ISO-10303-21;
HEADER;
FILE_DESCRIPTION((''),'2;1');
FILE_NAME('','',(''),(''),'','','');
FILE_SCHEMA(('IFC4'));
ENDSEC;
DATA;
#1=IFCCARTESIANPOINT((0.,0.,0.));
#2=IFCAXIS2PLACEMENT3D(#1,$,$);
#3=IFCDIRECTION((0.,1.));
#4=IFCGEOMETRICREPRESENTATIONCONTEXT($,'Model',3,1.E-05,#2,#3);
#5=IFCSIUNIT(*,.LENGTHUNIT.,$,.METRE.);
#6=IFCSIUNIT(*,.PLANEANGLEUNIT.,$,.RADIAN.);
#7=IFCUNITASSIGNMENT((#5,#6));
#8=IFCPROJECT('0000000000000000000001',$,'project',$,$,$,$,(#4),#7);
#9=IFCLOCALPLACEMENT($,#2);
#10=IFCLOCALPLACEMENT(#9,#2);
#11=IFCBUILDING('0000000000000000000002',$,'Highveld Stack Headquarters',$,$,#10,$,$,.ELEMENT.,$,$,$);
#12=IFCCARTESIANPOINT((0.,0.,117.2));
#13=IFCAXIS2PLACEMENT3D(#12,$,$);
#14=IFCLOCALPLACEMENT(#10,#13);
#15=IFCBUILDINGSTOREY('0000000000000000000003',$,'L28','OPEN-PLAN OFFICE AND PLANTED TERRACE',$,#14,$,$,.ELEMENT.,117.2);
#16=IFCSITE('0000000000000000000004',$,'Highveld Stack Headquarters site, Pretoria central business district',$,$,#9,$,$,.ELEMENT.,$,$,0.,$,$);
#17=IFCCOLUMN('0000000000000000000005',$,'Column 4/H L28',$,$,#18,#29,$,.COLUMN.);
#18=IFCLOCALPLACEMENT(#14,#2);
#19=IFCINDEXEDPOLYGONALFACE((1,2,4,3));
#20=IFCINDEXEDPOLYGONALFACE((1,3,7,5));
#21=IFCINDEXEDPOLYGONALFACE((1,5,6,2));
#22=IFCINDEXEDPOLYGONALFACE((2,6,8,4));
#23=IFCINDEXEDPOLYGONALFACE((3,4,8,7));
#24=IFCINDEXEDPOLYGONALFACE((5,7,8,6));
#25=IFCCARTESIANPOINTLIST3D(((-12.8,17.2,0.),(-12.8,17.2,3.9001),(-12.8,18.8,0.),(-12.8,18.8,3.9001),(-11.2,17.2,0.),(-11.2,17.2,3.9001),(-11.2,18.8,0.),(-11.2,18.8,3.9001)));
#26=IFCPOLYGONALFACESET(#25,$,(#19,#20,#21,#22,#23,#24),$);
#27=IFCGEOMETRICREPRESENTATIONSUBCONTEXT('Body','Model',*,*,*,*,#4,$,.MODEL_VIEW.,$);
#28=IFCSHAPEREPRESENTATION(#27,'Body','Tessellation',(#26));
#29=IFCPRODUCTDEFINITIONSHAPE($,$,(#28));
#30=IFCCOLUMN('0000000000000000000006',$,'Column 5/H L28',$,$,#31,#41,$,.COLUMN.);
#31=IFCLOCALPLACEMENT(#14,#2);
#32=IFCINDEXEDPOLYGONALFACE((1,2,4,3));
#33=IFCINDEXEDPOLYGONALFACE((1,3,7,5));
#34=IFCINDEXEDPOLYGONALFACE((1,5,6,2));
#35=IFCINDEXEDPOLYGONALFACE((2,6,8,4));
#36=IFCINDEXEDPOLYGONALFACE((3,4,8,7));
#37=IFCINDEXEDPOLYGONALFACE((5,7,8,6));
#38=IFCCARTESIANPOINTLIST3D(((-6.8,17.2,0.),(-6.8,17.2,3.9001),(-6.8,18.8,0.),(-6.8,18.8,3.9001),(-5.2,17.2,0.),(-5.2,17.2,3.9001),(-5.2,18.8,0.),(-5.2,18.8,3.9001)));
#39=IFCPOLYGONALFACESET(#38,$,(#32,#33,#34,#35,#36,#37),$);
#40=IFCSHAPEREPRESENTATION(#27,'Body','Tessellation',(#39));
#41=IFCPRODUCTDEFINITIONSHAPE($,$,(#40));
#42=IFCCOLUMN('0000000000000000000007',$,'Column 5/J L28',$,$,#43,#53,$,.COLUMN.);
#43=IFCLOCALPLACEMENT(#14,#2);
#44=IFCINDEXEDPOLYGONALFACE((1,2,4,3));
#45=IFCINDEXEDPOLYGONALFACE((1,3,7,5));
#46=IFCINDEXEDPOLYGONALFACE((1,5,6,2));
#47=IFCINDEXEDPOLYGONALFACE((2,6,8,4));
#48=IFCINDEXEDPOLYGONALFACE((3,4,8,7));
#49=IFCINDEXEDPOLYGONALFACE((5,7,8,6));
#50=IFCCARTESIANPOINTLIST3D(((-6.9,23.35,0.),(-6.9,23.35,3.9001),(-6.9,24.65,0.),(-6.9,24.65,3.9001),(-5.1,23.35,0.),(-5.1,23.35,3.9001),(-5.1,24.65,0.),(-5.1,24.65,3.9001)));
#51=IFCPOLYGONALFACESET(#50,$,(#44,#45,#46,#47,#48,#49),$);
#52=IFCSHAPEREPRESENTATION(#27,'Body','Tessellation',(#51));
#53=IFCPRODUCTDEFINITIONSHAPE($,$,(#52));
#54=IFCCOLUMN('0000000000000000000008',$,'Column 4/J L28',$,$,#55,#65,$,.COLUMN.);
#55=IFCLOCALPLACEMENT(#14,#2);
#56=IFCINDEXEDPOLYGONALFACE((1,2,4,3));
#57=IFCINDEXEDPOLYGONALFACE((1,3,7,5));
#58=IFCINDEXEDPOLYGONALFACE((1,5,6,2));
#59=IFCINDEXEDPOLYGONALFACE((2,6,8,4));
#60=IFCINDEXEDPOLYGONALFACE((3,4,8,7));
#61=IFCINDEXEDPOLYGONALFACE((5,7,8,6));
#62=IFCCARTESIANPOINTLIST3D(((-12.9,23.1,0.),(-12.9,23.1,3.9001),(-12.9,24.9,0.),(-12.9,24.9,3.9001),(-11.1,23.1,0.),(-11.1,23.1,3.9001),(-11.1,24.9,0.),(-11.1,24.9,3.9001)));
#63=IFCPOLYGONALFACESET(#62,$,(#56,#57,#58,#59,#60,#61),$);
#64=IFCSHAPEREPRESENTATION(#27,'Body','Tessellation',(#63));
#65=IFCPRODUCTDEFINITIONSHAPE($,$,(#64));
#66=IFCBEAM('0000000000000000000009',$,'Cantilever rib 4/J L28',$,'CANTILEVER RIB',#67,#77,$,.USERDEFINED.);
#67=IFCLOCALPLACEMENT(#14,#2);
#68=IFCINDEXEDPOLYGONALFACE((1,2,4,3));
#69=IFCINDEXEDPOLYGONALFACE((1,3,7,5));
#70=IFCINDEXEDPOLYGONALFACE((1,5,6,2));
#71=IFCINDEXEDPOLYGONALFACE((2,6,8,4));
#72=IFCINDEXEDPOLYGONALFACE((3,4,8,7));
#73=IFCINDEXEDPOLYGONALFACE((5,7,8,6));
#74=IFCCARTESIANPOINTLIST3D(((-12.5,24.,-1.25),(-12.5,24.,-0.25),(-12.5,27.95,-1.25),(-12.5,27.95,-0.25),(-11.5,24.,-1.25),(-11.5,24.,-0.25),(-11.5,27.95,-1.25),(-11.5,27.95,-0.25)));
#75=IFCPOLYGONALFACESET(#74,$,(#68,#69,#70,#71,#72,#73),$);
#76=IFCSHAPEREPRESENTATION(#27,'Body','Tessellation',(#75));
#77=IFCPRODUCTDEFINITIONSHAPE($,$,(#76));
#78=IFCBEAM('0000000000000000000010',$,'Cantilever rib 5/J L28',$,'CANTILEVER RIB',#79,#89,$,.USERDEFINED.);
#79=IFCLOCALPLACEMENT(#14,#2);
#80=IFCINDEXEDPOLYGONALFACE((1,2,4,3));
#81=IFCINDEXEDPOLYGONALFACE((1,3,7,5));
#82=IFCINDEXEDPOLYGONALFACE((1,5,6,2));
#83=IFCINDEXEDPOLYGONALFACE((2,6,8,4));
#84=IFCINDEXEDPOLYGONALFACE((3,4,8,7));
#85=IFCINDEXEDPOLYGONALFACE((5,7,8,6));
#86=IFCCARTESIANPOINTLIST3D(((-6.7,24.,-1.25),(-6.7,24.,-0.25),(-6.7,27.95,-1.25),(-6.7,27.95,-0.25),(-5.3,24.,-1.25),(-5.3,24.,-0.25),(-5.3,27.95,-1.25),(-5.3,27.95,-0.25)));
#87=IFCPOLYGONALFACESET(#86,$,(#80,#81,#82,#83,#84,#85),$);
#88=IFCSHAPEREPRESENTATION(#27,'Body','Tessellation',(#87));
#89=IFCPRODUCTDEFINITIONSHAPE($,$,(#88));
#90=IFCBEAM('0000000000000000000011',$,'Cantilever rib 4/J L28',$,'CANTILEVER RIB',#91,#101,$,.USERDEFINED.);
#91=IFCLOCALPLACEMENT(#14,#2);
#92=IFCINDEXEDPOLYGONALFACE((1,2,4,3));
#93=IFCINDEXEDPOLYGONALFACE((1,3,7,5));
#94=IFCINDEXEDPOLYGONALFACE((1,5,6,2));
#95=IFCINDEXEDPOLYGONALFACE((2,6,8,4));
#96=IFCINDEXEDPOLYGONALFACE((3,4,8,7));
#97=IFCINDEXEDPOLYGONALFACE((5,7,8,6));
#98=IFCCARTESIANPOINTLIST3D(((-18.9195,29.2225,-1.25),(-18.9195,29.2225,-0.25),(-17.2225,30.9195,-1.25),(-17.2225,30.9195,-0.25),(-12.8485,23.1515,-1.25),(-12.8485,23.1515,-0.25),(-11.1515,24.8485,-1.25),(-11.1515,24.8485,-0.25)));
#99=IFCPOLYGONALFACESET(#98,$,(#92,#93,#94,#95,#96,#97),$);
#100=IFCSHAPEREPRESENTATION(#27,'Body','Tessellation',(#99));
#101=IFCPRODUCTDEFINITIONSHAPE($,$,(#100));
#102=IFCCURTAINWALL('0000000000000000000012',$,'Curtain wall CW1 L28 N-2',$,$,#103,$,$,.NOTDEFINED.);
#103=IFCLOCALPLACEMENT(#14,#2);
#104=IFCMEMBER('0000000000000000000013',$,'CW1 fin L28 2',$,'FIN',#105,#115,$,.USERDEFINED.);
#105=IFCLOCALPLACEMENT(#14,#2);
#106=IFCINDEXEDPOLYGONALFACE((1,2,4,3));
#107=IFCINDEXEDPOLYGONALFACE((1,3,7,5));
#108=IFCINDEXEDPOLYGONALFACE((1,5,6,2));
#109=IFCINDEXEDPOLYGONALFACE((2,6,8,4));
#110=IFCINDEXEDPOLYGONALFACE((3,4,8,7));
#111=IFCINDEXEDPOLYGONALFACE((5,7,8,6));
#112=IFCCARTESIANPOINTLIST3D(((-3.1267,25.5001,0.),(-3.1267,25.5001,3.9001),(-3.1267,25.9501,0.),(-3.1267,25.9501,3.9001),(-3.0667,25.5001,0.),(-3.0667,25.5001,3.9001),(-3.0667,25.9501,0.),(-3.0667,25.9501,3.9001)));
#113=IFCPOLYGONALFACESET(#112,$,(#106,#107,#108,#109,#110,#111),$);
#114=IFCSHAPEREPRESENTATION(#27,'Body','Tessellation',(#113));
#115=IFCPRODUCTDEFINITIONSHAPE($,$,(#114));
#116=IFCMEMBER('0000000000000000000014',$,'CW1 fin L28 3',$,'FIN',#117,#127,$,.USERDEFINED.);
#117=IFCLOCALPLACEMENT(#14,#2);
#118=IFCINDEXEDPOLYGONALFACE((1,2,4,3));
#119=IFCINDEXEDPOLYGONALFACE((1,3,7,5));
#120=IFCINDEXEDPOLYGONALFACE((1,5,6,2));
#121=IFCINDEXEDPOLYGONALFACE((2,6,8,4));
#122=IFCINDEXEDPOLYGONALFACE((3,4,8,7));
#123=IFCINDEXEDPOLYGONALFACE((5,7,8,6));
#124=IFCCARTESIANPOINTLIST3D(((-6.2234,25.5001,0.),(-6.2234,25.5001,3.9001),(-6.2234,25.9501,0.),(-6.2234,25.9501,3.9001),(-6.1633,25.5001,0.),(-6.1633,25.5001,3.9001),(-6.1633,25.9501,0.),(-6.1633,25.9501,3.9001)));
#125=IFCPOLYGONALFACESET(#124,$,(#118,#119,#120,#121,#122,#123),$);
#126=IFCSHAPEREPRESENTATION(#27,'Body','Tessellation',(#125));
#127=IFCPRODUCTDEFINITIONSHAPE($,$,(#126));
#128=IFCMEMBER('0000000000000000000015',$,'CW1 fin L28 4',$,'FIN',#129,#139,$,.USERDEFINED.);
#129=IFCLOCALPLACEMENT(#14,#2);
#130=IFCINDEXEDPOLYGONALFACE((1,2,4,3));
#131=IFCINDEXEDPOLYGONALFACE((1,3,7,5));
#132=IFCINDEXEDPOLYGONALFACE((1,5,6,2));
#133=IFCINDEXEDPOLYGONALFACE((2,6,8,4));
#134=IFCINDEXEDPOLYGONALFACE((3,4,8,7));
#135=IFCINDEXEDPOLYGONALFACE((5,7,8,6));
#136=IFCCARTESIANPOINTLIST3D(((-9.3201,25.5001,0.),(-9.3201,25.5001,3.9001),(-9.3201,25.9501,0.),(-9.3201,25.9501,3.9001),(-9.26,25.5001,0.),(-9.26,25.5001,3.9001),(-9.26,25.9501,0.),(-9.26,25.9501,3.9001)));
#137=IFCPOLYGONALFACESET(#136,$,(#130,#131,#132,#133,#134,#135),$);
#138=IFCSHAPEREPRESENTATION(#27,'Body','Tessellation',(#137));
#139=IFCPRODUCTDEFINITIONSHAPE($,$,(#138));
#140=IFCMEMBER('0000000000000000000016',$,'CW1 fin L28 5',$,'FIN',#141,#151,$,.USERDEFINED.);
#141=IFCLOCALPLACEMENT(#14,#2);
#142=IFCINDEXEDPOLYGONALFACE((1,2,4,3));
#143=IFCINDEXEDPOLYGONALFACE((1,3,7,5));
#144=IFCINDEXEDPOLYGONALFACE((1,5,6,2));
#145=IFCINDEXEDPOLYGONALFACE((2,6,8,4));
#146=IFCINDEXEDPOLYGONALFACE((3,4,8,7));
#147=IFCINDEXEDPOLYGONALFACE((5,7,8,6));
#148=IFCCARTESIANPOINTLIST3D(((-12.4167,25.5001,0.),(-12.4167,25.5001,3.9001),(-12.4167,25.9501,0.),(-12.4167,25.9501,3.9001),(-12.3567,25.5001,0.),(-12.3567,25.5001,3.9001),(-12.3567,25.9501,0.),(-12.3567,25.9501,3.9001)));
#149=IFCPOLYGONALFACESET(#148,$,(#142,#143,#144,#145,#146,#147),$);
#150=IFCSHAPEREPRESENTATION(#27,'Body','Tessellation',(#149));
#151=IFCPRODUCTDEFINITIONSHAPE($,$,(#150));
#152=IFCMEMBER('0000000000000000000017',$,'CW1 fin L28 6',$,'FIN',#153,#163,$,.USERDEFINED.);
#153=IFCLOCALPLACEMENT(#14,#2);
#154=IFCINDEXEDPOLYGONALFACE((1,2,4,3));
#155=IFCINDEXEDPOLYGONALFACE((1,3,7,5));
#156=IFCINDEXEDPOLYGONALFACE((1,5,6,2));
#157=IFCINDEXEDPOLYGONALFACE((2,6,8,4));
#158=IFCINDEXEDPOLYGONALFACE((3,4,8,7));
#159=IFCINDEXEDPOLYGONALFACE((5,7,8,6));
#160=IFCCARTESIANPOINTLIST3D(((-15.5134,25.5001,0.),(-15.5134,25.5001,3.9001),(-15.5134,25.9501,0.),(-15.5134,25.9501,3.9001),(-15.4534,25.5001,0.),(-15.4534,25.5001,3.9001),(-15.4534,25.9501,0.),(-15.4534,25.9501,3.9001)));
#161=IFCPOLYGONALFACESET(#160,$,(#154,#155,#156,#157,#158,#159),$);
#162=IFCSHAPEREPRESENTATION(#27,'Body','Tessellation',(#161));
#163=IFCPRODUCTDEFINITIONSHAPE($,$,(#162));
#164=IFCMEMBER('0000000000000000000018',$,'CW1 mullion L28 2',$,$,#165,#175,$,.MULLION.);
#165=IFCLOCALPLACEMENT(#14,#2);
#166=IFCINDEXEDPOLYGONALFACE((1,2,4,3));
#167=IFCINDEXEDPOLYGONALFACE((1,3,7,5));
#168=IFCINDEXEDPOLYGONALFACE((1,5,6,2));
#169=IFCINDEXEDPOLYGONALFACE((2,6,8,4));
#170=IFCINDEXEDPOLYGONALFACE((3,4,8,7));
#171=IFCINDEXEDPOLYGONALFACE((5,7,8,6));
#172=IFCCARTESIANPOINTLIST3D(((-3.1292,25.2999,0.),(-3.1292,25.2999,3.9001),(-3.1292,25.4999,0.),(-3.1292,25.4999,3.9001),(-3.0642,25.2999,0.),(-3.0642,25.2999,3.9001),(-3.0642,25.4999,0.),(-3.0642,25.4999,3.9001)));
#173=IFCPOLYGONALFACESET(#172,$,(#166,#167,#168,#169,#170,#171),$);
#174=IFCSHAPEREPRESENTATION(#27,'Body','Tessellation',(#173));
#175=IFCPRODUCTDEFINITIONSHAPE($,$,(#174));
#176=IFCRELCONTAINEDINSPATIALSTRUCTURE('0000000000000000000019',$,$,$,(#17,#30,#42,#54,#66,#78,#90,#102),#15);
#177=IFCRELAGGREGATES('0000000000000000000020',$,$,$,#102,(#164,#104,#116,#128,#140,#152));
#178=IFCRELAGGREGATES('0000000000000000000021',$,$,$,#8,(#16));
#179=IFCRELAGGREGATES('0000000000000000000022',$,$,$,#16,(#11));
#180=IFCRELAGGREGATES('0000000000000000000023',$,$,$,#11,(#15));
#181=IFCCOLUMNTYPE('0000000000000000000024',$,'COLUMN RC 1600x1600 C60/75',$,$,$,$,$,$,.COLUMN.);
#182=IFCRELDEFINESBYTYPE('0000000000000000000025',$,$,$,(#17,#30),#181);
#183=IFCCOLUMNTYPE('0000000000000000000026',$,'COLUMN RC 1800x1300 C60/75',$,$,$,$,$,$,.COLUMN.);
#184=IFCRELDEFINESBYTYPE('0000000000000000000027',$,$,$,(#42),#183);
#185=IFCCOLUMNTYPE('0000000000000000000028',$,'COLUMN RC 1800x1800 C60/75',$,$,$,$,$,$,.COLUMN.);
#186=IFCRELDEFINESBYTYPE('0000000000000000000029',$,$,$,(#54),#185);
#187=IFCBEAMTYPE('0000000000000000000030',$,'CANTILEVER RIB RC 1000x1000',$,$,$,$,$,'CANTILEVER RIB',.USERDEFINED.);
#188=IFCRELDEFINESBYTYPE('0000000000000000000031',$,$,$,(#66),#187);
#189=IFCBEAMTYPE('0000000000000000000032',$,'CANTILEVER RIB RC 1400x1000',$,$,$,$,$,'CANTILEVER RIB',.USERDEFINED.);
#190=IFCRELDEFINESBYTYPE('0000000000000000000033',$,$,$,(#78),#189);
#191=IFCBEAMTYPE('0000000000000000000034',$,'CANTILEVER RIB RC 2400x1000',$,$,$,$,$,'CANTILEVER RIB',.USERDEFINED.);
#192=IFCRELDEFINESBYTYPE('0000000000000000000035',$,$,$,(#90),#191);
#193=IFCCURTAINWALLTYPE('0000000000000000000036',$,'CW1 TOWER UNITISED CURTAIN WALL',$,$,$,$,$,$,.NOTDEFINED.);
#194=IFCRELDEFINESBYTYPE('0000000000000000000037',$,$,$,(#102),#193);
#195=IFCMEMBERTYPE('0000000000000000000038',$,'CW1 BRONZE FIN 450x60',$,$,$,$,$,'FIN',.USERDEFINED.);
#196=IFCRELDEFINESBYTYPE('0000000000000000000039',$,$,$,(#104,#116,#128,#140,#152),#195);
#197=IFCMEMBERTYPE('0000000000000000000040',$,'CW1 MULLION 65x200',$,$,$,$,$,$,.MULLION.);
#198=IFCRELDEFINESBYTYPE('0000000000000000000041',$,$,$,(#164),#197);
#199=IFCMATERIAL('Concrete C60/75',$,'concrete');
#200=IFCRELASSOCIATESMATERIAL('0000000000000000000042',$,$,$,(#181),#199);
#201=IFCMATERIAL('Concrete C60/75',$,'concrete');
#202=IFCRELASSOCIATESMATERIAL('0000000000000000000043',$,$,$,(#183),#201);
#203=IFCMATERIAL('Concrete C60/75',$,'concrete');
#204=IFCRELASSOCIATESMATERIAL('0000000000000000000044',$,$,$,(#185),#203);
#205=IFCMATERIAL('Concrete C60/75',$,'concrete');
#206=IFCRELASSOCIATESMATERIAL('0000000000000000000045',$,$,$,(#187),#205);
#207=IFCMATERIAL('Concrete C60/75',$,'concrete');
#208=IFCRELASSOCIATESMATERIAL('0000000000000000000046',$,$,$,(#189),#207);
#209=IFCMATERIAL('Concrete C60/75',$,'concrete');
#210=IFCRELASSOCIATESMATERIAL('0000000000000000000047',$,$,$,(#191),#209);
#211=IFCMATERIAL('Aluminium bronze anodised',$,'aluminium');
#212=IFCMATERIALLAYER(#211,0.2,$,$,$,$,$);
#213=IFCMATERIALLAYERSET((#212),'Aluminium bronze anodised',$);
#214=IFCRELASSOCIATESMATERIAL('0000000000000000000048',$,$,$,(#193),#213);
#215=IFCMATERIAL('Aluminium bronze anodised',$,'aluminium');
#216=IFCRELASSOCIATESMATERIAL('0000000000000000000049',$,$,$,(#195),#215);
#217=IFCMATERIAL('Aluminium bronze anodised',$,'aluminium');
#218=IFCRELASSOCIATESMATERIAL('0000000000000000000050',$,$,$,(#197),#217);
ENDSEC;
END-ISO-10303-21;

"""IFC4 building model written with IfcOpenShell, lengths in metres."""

from ifc_helpers import new_model, si_unit, direction, frame, origin, origin_2d, place, context, subcontext, project, spatial, rectangle, extrude, material, layer, layer_set, material_profile, profile_set, type_object, element, aggregate, save


model = new_model("IFC4")

# Units and contexts
model_context = context("Model", 3, precision=1e-05, world=origin(), true_north=direction((0.0, 1.0)))
body_context = subcontext(model_context, "Body", "Model", "MODEL_VIEW")
ifc_project = project(units=[si_unit("LENGTHUNIT", "METRE"), si_unit("PLANEANGLEUNIT", "RADIAN")], contexts=[model_context])

# Site, building, storey
site_placement = place(None, origin())
site = spatial("IfcSite", under=ifc_project, at=site_placement, Name="Highveld Stack Headquarters site, Pretoria central business district", CompositionType="ELEMENT", RefElevation=0.0)
building_placement = place(site_placement, origin())
building = spatial("IfcBuilding", under=site, at=building_placement, Name="Highveld Stack Headquarters", CompositionType="ELEMENT")
storey_placement = place(building_placement, frame((0.0, 0.0, 117.2)))
storey = spatial("IfcBuildingStorey", under=building, at=storey_placement, Name="L28", Description="OPEN-PLAN OFFICE AND PLANTED TERRACE", CompositionType="ELEMENT", Elevation=117.2)

# Columns
ifc_material_1 = material(Name="Concrete C60/75", Category="concrete")
ifc_material_profile_1 = material_profile(ifc_material_1, rectangle(XDim=1.6001, YDim=1.6001, at=origin_2d()), Name="RC 1600x1600")
ifc_profile_set_1 = profile_set([ifc_material_profile_1], Name="Concrete C60/75")
column_type_1 = type_object("IfcColumnType", Name="COLUMN RC 1600x1600 C60/75", PredefinedType="COLUMN", material=ifc_profile_set_1)
for number, where, z_axis, x_axis, name in (
    (1, (-12.0, 18.0, 0.0), (0.0, 0.0, 1.0), (1.0, 0.0, 0.0), "Column 4/H L28"),
    (2, (-6.0, 18.0, 0.0), (0.0, 0.0, 1.0), (1.0, 0.0, 0.0), "Column 5/H L28"),
):
    element("IfcColumn", number, at=place(storey_placement, frame(where, z_axis=z_axis, x_axis=x_axis)), inside=storey, type_object=column_type_1, Name=name, PredefinedType="COLUMN", context=body_context, shape_type="SweptSolid", body=[
        extrude(rectangle(XDim=1.6001, YDim=1.6001, at=origin_2d()), origin(), (0.0, 0.0, 1.0), 3.9001),
    ])
ifc_material_2 = material(Name="Concrete C60/75", Category="concrete")
ifc_material_profile_2 = material_profile(ifc_material_2, rectangle(XDim=1.8, YDim=1.3, at=origin_2d()), Name="RC 1800x1300")
ifc_profile_set_2 = profile_set([ifc_material_profile_2], Name="Concrete C60/75")
column_type_2 = type_object("IfcColumnType", Name="COLUMN RC 1800x1300 C60/75", PredefinedType="COLUMN", material=ifc_profile_set_2)
column_1_placement = place(storey_placement, frame((-6.0, 24.0, 0.0), z_axis=(0.0, 0.0, 1.0), x_axis=(1.0, 0.0, 0.0)))
element("IfcColumn", 3, at=column_1_placement, inside=storey, type_object=column_type_2, Name="Column 5/J L28", PredefinedType="COLUMN", context=body_context, shape_type="SweptSolid", body=[
    extrude(rectangle(XDim=1.8, YDim=1.3, at=origin_2d()), origin(), (0.0, 0.0, 1.0), 3.9001),
])
ifc_material_3 = material(Name="Concrete C60/75", Category="concrete")
ifc_material_profile_3 = material_profile(ifc_material_3, rectangle(XDim=1.8, YDim=1.8, at=origin_2d()), Name="RC 1800x1800")
ifc_profile_set_3 = profile_set([ifc_material_profile_3], Name="Concrete C60/75")
column_type_3 = type_object("IfcColumnType", Name="COLUMN RC 1800x1800 C60/75", PredefinedType="COLUMN", material=ifc_profile_set_3)
column_2_placement = place(storey_placement, frame((-12.0, 24.0, 0.0), z_axis=(0.0, 0.0, 1.0), x_axis=(1.0, 0.0, 0.0)))
element("IfcColumn", 4, at=column_2_placement, inside=storey, type_object=column_type_3, Name="Column 4/J L28", PredefinedType="COLUMN", context=body_context, shape_type="SweptSolid", body=[
    extrude(rectangle(XDim=1.8, YDim=1.8, at=origin_2d()), origin(), (0.0, 0.0, 1.0), 3.9001),
])

# Beams
ifc_material_4 = material(Name="Concrete C60/75", Category="concrete")
ifc_material_profile_4 = material_profile(ifc_material_4, rectangle(XDim=1.0, YDim=1.0, at=origin_2d()), Name="RC 1000x1000")
ifc_profile_set_4 = profile_set([ifc_material_profile_4], Name="Concrete C60/75")
beam_type_1 = type_object("IfcBeamType", Name="CANTILEVER RIB RC 1000x1000", ElementType="CANTILEVER RIB", PredefinedType="USERDEFINED", material=ifc_profile_set_4)
beam_1_placement = place(storey_placement, frame((-12.0, 24.0, -0.75), z_axis=(0.0, 1.0, 0.0), x_axis=(-1.0, 0.0, 0.0)))
element("IfcBeam", 5, at=beam_1_placement, inside=storey, type_object=beam_type_1, Name="Cantilever rib 4/J L28", ObjectType="CANTILEVER RIB", PredefinedType="USERDEFINED", context=body_context, shape_type="SweptSolid", body=[
    extrude(rectangle(XDim=1.0, YDim=1.0, at=origin_2d()), origin(), (0.0, 0.0, 1.0), 3.95),
])
ifc_material_5 = material(Name="Concrete C60/75", Category="concrete")
ifc_material_profile_5 = material_profile(ifc_material_5, rectangle(XDim=1.3999, YDim=1.0, at=origin_2d()), Name="RC 1400x1000")
ifc_profile_set_5 = profile_set([ifc_material_profile_5], Name="Concrete C60/75")
beam_type_2 = type_object("IfcBeamType", Name="CANTILEVER RIB RC 1400x1000", ElementType="CANTILEVER RIB", PredefinedType="USERDEFINED", material=ifc_profile_set_5)
beam_2_placement = place(storey_placement, frame((-6.0, 24.0, -0.75), z_axis=(0.0, 1.0, 0.0), x_axis=(-1.0, 0.0, 0.0)))
element("IfcBeam", 6, at=beam_2_placement, inside=storey, type_object=beam_type_2, Name="Cantilever rib 5/J L28", ObjectType="CANTILEVER RIB", PredefinedType="USERDEFINED", context=body_context, shape_type="SweptSolid", body=[
    extrude(rectangle(XDim=1.3999, YDim=1.0, at=origin_2d()), origin(), (0.0, 0.0, 1.0), 3.95),
])
ifc_material_6 = material(Name="Concrete C60/75", Category="concrete")
ifc_material_profile_6 = material_profile(ifc_material_6, rectangle(XDim=2.3999, YDim=1.0, at=origin_2d()), Name="RC 2400x1000")
ifc_profile_set_6 = profile_set([ifc_material_profile_6], Name="Concrete C60/75")
beam_type_3 = type_object("IfcBeamType", Name="CANTILEVER RIB RC 2400x1000", ElementType="CANTILEVER RIB", PredefinedType="USERDEFINED", material=ifc_profile_set_6)
beam_3_placement = place(storey_placement, frame((-12.0, 24.0, -0.75), z_axis=(-0.707107, 0.707107, 0.0), x_axis=(-0.707107, -0.707107, 0.0)))
element("IfcBeam", 7, at=beam_3_placement, inside=storey, type_object=beam_type_3, Name="Cantilever rib 4/J L28", ObjectType="CANTILEVER RIB", PredefinedType="USERDEFINED", context=body_context, shape_type="SweptSolid", body=[
    extrude(rectangle(XDim=2.3999, YDim=1.0, at=origin_2d()), origin(), (0.0, 0.0, 1.0), 8.5857),
])

# Curtain wall, members
ifc_material_7 = material(Name="Aluminium bronze anodised", Category="aluminium")
ifc_layer_1 = layer(ifc_material_7, 0.2)
ifc_layer_set_1 = layer_set([ifc_layer_1], Name="Aluminium bronze anodised")
curtain_wall_type = type_object("IfcCurtainWallType", Name="CW1 TOWER UNITISED CURTAIN WALL", PredefinedType="NOTDEFINED", material=ifc_layer_set_1)
curtain_wall_placement = place(storey_placement, origin())
curtain_wall = element("IfcCurtainWall", 8, at=curtain_wall_placement, inside=storey, type_object=curtain_wall_type, Name="Curtain wall CW1 L28 N-2", PredefinedType="NOTDEFINED")
ifc_material_8 = material(Name="Aluminium bronze anodised", Category="aluminium")
ifc_material_profile_7 = material_profile(ifc_material_8, rectangle(XDim=0.45, YDim=0.0601, at=origin_2d()), Name="FIN 450x60")
ifc_profile_set_7 = profile_set([ifc_material_profile_7], Name="Aluminium bronze anodised")
member_type_1 = type_object("IfcMemberType", Name="CW1 BRONZE FIN 450x60", ElementType="FIN", PredefinedType="USERDEFINED", material=ifc_profile_set_7)
member_1_placement = place(storey_placement, frame((-3.0967, 25.7251, 0.0), z_axis=(0.0, 0.0, 1.0), x_axis=(0.0, -1.0, 0.0)))
member_1 = element("IfcMember", 9, at=member_1_placement, type_object=member_type_1, Name="CW1 fin L28 2", ObjectType="FIN", PredefinedType="USERDEFINED", context=body_context, shape_type="SweptSolid", body=[
    extrude(rectangle(XDim=0.45, YDim=0.0601, at=origin_2d()), origin(), (0.0, 0.0, 1.0), 3.9001),
])
member_2_placement = place(storey_placement, frame((-6.1934, 25.7251, 0.0), z_axis=(0.0, 0.0, 1.0), x_axis=(0.0, -1.0, 0.0)))
member_2 = element("IfcMember", 10, at=member_2_placement, type_object=member_type_1, Name="CW1 fin L28 3", ObjectType="FIN", PredefinedType="USERDEFINED", context=body_context, shape_type="SweptSolid", body=[
    extrude(rectangle(XDim=0.45, YDim=0.0601, at=origin_2d()), origin(), (0.0, 0.0, 1.0), 3.9001),
])
member_3_placement = place(storey_placement, frame((-9.29, 25.7251, 0.0), z_axis=(0.0, 0.0, 1.0), x_axis=(0.0, -1.0, 0.0)))
member_3 = element("IfcMember", 11, at=member_3_placement, type_object=member_type_1, Name="CW1 fin L28 4", ObjectType="FIN", PredefinedType="USERDEFINED", context=body_context, shape_type="SweptSolid", body=[
    extrude(rectangle(XDim=0.45, YDim=0.0601, at=origin_2d()), origin(), (0.0, 0.0, 1.0), 3.9001),
])
member_4_placement = place(storey_placement, frame((-12.3867, 25.7251, 0.0), z_axis=(0.0, 0.0, 1.0), x_axis=(0.0, -1.0, 0.0)))
member_4 = element("IfcMember", 12, at=member_4_placement, type_object=member_type_1, Name="CW1 fin L28 5", ObjectType="FIN", PredefinedType="USERDEFINED", context=body_context, shape_type="SweptSolid", body=[
    extrude(rectangle(XDim=0.45, YDim=0.0601, at=origin_2d()), origin(), (0.0, 0.0, 1.0), 3.9001),
])
member_5_placement = place(storey_placement, frame((-15.4834, 25.7251, 0.0), z_axis=(0.0, 0.0, 1.0), x_axis=(0.0, -1.0, 0.0)))
member_5 = element("IfcMember", 13, at=member_5_placement, type_object=member_type_1, Name="CW1 fin L28 6", ObjectType="FIN", PredefinedType="USERDEFINED", context=body_context, shape_type="SweptSolid", body=[
    extrude(rectangle(XDim=0.45, YDim=0.0601, at=origin_2d()), origin(), (0.0, 0.0, 1.0), 3.9001),
])
ifc_material_9 = material(Name="Aluminium bronze anodised", Category="aluminium")
ifc_material_profile_8 = material_profile(ifc_material_9, rectangle(XDim=0.2, YDim=0.0649, at=origin_2d()), Name="CW1 MULLION 65x200")
ifc_profile_set_8 = profile_set([ifc_material_profile_8], Name="Aluminium bronze anodised")
member_type_2 = type_object("IfcMemberType", Name="CW1 MULLION 65x200", PredefinedType="MULLION", material=ifc_profile_set_8)
member_6_placement = place(storey_placement, frame((-3.0967, 25.3999, 0.0), z_axis=(0.0, 0.0, 1.0), x_axis=(0.0, -1.0, 0.0)))
member_6 = element("IfcMember", 14, at=member_6_placement, type_object=member_type_2, Name="CW1 mullion L28 2", PredefinedType="MULLION", context=body_context, shape_type="SweptSolid", body=[
    extrude(rectangle(XDim=0.2, YDim=0.0649, at=origin_2d()), origin(), (0.0, 0.0, 1.0), 3.9001),
])

aggregate(curtain_wall, [member_6, member_1, member_2, member_3, member_4, member_5])

save(model, "model.ifc")
